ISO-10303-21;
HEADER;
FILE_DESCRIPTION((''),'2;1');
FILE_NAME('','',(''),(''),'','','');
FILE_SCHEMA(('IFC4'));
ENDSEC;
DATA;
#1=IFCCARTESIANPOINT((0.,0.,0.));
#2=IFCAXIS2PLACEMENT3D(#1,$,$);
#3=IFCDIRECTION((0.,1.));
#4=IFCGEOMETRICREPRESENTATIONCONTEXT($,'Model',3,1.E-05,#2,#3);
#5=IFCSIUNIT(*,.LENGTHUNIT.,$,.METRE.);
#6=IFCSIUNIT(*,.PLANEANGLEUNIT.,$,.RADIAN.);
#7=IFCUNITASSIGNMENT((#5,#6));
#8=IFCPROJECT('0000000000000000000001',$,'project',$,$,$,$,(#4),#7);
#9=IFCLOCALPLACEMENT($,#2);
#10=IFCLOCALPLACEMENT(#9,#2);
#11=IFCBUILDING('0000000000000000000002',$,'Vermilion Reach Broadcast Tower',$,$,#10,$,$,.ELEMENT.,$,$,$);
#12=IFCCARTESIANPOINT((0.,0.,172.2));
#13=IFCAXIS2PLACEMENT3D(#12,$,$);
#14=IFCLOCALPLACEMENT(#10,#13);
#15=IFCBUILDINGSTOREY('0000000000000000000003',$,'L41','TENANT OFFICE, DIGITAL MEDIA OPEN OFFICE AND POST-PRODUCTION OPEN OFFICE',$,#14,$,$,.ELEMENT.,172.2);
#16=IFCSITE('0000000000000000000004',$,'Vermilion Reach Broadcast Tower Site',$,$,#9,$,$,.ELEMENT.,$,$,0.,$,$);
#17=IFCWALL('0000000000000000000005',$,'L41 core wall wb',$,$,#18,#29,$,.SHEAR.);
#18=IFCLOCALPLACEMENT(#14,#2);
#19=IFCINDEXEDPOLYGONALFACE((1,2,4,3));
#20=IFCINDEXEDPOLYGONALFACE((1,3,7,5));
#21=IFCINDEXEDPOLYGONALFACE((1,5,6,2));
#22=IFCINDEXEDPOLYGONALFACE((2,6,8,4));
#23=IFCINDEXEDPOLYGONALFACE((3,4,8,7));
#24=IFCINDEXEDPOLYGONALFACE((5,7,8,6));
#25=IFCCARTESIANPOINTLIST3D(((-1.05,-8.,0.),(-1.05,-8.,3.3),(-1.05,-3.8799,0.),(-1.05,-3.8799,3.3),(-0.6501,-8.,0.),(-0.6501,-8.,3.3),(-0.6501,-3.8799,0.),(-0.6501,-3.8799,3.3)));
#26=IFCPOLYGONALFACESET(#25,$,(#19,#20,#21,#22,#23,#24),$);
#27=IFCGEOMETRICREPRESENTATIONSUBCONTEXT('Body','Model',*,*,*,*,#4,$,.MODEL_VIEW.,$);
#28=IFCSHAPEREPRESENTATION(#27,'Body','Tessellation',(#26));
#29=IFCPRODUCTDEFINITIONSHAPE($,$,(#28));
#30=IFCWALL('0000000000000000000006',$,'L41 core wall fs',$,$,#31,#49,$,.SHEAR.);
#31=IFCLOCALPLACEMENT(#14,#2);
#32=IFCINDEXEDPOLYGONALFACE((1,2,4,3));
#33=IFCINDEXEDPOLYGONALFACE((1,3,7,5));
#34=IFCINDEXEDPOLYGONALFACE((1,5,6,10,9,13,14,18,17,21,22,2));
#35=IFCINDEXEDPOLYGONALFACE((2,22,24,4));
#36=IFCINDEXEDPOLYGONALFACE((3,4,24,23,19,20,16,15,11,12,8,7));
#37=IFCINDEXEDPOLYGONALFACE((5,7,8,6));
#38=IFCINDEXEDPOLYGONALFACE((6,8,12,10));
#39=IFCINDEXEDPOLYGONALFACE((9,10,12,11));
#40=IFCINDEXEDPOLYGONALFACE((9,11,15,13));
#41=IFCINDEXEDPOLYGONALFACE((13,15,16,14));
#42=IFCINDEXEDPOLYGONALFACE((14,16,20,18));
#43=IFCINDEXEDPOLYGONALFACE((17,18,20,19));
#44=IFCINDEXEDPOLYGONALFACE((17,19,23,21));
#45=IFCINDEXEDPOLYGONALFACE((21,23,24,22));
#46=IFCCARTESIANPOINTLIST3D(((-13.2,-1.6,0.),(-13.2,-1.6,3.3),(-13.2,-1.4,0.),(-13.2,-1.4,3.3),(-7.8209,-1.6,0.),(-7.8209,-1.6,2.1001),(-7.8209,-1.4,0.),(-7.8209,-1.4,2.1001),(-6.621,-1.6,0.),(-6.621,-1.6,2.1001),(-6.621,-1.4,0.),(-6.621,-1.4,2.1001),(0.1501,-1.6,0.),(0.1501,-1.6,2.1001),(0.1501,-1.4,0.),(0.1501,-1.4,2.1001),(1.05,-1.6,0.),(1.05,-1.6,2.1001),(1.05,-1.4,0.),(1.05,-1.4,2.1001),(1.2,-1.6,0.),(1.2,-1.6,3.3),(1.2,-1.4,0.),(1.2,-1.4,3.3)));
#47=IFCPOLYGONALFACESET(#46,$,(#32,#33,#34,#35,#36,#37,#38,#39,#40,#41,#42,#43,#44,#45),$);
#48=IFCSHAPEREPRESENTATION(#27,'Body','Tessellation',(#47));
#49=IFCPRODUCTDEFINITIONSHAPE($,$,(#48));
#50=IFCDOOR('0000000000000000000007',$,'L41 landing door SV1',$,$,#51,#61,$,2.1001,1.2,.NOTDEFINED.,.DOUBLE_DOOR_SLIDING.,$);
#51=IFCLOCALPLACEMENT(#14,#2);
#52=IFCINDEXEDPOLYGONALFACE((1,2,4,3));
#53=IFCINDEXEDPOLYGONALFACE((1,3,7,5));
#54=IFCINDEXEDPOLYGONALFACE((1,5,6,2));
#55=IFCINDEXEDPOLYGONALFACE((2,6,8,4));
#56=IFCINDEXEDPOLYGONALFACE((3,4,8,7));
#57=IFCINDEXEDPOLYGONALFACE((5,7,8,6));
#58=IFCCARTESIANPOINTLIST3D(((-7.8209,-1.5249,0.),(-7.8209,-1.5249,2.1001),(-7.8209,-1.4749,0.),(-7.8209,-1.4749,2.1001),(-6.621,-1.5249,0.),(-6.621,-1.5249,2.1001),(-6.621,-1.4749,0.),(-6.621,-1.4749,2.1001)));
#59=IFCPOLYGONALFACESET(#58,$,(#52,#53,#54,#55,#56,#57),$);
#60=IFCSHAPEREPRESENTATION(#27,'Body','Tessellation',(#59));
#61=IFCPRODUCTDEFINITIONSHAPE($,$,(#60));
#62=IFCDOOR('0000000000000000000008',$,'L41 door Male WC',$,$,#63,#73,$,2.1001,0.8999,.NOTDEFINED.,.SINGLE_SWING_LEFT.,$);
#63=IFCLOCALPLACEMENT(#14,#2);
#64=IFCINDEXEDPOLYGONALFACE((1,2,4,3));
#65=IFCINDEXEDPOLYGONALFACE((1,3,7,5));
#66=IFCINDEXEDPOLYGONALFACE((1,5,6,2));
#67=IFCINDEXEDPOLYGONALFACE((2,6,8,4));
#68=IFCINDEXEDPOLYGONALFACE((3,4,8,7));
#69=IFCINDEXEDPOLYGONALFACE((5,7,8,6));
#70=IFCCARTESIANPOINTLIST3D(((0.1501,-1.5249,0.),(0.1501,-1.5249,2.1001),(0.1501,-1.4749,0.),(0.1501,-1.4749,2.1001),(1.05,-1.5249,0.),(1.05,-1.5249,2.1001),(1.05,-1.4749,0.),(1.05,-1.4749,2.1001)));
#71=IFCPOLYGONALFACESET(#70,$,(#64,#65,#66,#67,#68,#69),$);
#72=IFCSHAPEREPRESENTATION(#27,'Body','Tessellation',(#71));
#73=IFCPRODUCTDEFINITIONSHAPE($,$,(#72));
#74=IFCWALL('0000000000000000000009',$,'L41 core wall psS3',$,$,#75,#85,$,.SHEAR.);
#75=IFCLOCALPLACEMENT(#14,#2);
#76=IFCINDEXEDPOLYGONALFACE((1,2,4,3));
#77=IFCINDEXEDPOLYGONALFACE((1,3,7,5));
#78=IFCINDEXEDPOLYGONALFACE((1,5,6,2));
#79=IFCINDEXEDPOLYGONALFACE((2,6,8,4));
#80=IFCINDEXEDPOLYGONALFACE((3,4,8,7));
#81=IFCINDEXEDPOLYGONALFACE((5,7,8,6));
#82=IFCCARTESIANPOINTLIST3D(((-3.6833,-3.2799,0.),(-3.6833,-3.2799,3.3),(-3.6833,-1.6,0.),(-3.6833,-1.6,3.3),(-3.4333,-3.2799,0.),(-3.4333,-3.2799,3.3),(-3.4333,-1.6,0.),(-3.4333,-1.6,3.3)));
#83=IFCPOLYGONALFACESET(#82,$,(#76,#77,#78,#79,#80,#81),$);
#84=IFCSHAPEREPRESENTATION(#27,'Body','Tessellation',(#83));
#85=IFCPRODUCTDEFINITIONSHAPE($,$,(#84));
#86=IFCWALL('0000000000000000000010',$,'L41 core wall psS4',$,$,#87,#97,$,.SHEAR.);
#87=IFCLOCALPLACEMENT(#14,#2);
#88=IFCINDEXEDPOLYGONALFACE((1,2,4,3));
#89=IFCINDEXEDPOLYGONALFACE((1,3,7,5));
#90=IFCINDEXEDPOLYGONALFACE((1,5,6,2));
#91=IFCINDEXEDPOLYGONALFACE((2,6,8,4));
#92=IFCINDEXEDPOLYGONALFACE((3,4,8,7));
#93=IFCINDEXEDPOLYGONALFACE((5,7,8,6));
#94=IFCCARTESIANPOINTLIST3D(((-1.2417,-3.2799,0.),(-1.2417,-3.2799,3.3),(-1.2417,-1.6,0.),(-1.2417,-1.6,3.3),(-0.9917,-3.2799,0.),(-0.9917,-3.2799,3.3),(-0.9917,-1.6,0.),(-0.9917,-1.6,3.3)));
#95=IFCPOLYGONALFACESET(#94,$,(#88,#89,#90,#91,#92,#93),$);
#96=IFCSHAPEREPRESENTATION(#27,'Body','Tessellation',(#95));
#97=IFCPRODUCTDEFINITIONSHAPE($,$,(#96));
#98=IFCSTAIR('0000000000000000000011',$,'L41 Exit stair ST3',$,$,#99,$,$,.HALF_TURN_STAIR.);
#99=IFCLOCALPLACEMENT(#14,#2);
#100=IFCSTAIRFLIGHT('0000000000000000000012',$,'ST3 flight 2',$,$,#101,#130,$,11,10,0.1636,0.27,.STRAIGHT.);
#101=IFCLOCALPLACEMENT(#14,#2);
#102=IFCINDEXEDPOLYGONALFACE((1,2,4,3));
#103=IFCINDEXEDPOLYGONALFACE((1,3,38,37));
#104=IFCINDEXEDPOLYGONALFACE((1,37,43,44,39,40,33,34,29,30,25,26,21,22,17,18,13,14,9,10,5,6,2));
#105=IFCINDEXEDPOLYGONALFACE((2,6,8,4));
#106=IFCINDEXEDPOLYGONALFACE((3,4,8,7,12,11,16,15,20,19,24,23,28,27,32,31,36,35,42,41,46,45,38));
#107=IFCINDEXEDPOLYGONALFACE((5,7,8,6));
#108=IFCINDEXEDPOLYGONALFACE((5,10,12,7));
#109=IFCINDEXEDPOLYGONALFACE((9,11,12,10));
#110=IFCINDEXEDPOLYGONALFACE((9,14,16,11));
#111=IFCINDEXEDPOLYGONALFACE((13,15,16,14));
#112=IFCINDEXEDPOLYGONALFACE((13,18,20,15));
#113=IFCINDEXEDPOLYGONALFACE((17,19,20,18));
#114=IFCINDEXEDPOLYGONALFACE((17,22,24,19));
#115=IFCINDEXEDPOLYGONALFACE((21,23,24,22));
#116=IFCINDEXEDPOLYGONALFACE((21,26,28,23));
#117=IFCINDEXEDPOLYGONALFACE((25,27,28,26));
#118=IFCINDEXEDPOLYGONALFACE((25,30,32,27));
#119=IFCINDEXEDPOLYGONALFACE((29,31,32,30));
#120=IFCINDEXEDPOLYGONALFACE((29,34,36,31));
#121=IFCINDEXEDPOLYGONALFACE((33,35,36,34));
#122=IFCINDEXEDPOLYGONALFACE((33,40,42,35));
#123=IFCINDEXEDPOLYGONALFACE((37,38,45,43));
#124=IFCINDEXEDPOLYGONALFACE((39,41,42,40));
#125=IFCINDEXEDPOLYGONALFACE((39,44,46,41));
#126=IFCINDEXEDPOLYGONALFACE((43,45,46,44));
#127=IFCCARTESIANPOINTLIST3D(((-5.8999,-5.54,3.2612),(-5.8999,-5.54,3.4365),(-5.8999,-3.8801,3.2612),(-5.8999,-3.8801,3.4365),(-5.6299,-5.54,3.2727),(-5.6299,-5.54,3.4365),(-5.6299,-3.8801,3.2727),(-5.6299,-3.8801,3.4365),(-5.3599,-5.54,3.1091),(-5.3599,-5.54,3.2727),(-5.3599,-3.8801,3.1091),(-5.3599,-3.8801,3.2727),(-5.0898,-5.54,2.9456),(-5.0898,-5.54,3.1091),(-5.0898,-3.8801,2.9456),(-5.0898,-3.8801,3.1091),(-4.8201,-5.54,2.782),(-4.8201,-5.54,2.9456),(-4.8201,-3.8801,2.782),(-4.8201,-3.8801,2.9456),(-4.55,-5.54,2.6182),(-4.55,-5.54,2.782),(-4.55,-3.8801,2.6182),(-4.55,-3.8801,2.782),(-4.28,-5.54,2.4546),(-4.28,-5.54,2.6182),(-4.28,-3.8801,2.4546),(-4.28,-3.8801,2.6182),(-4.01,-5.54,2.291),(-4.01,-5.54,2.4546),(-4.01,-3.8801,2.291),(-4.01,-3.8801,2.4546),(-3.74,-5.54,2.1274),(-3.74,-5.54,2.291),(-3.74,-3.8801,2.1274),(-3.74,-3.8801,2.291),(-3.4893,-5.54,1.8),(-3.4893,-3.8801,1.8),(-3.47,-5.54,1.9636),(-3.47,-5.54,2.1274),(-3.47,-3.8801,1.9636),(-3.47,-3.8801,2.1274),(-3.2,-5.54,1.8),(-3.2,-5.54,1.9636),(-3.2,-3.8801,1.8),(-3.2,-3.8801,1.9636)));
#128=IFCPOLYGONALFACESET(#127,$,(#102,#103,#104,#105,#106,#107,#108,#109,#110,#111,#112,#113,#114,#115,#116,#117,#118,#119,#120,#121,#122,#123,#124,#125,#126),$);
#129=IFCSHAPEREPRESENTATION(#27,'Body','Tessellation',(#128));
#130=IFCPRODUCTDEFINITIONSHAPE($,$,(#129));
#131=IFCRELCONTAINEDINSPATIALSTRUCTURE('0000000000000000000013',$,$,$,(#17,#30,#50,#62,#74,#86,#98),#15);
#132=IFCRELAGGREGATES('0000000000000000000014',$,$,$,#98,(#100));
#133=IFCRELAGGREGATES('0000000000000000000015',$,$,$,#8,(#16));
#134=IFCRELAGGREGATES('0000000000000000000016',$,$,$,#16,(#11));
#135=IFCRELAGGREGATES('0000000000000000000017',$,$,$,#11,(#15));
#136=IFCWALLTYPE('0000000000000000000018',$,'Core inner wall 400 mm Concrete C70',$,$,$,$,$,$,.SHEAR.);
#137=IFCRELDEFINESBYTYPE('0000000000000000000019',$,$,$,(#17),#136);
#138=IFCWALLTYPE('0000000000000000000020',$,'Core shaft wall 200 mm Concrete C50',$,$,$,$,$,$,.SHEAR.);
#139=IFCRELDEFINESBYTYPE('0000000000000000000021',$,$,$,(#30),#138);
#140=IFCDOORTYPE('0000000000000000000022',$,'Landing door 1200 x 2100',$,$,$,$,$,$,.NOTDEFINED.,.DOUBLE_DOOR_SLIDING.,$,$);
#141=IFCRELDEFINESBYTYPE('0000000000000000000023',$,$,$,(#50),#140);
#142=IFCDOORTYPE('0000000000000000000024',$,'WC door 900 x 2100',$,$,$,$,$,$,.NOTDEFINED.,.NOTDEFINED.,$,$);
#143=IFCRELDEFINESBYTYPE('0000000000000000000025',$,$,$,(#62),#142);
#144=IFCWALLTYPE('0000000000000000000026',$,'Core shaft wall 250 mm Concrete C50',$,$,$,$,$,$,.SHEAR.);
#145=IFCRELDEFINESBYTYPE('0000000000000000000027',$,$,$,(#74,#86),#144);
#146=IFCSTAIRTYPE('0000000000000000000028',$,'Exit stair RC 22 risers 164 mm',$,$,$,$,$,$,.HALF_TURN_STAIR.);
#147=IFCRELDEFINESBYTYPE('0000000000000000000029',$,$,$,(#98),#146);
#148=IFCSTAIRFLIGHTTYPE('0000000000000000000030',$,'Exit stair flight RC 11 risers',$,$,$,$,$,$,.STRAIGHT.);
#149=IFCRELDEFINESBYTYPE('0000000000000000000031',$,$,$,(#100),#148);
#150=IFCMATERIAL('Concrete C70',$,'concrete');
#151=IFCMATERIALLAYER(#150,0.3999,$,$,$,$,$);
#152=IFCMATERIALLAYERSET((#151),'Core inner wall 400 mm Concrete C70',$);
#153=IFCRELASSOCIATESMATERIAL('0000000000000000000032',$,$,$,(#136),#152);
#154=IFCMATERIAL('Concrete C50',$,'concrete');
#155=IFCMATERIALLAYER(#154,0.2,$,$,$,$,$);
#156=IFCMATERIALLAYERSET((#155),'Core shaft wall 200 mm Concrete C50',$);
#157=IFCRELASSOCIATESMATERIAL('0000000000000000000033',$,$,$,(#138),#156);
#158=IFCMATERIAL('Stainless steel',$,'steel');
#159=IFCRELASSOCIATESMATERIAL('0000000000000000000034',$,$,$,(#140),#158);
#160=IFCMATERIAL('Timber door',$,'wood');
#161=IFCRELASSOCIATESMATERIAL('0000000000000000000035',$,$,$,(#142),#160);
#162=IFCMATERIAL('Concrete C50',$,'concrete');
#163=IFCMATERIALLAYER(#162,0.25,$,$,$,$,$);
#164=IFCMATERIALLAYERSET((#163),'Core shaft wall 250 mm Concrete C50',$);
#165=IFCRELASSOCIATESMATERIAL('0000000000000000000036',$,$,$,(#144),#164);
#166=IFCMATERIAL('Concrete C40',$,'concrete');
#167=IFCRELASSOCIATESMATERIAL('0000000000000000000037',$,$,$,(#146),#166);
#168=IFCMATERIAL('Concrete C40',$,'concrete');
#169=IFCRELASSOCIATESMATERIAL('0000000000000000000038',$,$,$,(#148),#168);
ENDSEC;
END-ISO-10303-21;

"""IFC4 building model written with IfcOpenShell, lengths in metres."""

from ifc_helpers import new_model, si_unit, direction, frame, frame_2d, origin, place, context, subcontext, project, spatial, polyline, rectangle, outline, extrude, material, layer, layer_set, type_object, element, fill, aggregate, save


model = new_model("IFC4")

# Units and contexts
model_context = context("Model", 3, precision=1e-05, world=origin(), true_north=direction((0.0, 1.0)))
body_context = subcontext(model_context, "Body", "Model", "MODEL_VIEW")
ifc_project = project(units=[si_unit("LENGTHUNIT", "METRE"), si_unit("PLANEANGLEUNIT", "RADIAN")], contexts=[model_context])

# Site, building, storey
site_placement = place(None, origin())
site = spatial("IfcSite", under=ifc_project, at=site_placement, Name="Vermilion Reach Broadcast Tower Site", CompositionType="ELEMENT", RefElevation=0.0)
building_placement = place(site_placement, origin())
building = spatial("IfcBuilding", under=site, at=building_placement, Name="Vermilion Reach Broadcast Tower", CompositionType="ELEMENT")
storey_placement = place(building_placement, frame((0.0, 0.0, 172.2)))
storey = spatial("IfcBuildingStorey", under=building, at=storey_placement, Name="L41", Description="TENANT OFFICE, DIGITAL MEDIA OPEN OFFICE AND POST-PRODUCTION OPEN OFFICE", CompositionType="ELEMENT", Elevation=172.2)

# Wall
ifc_material_1 = material(Name="Concrete C70", Category="concrete")
ifc_layer_1 = layer(ifc_material_1, 0.3999)
ifc_layer_set_1 = layer_set([ifc_layer_1], Name="Core inner wall 400 mm Concrete C70")
wall_type_1 = type_object("IfcWallType", Name="Core inner wall 400 mm Concrete C70", PredefinedType="SHEAR", material=ifc_layer_set_1)
wall_1_placement = place(storey_placement, frame((-0.8501, -3.8799, 0.0), z_axis=(0.0, 0.0, 1.0), x_axis=(0.0, -1.0, 0.0)))
element("IfcWall", 1, at=wall_1_placement, inside=storey, type_object=wall_type_1, Name="L41 core wall wb", PredefinedType="SHEAR", context=body_context, shape_type="SweptSolid", body=[
    extrude(rectangle(XDim=4.1201, YDim=0.3999, at=frame_2d((2.0601, 0.0))), origin(), (0.0, 0.0, 1.0), 3.3),
])

# Wall, openings, doors
ifc_material_2 = material(Name="Concrete C50", Category="concrete")
ifc_layer_2 = layer(ifc_material_2, 0.2)
ifc_layer_set_2 = layer_set([ifc_layer_2], Name="Core shaft wall 200 mm Concrete C50")
wall_type_2 = type_object("IfcWallType", Name="Core shaft wall 200 mm Concrete C50", PredefinedType="SHEAR", material=ifc_layer_set_2)
wall_2_placement = place(storey_placement, frame((1.2, -1.5, 0.0), z_axis=(0.0, 0.0, 1.0), x_axis=(-1.0, 0.0, 0.0)))
wall_2 = element("IfcWall", 2, at=wall_2_placement, inside=storey, type_object=wall_type_2, Name="L41 core wall fs", PredefinedType="SHEAR", context=body_context, shape_type="SweptSolid", body=[
    extrude(rectangle(XDim=14.3999, YDim=0.2, at=frame_2d((7.2, 0.0))), origin(), (0.0, 0.0, 1.0), 3.3),
])
opening_1_placement = place(wall_2_placement, frame((7.8208, 0.0, 0.0)))
opening_1 = element("IfcOpeningElement", 3, at=opening_1_placement, cuts=wall_2, PredefinedType="OPENING", context=body_context, shape_type="SweptSolid", body=[
    extrude(rectangle(XDim=1.2, YDim=2.1001, at=frame_2d((0.6001, 1.05))), frame((0.0, 0.1099, 0.0), z_axis=(0.0, -1.0, 0.0), x_axis=(1.0, 0.0, 0.0)), (0.0, 0.0, 1.0), 0.22),
])
opening_2_placement = place(wall_2_placement, frame((0.1499, 0.0, 0.0)))
opening_2 = element("IfcOpeningElement", 4, at=opening_2_placement, cuts=wall_2, PredefinedType="OPENING", context=body_context, shape_type="SweptSolid", body=[
    extrude(rectangle(XDim=0.8999, YDim=2.1001, at=frame_2d((0.45, 1.05))), frame((0.0, 0.1099, 0.0), z_axis=(0.0, -1.0, 0.0), x_axis=(1.0, 0.0, 0.0)), (0.0, 0.0, 1.0), 0.22),
])
ifc_material_3 = material(Name="Stainless steel", Category="steel")
door_type_1 = type_object("IfcDoorType", Name="Landing door 1200 x 2100", OperationType="DOUBLE_DOOR_SLIDING", PredefinedType="NOTDEFINED", material=ifc_material_3)
door_1_placement = place(opening_1_placement, origin())
door_1 = element("IfcDoor", 5, at=door_1_placement, inside=storey, type_object=door_type_1, Name="L41 landing door SV1", OperationType="DOUBLE_DOOR_SLIDING", OverallHeight=2.1001, OverallWidth=1.2, PredefinedType="NOTDEFINED", context=body_context, shape_type="SweptSolid", body=[
    extrude(rectangle(XDim=1.2, YDim=2.1001, at=frame_2d((0.6001, 1.05))), frame((0.0, 0.0249, 0.0), z_axis=(0.0, -1.0, 0.0), x_axis=(1.0, 0.0, 0.0)), (0.0, 0.0, 1.0), 0.05),
])
fill(opening_1, door_1)
ifc_material_4 = material(Name="Timber door", Category="wood")
door_type_2 = type_object("IfcDoorType", Name="WC door 900 x 2100", OperationType="NOTDEFINED", PredefinedType="NOTDEFINED", material=ifc_material_4)
door_2_placement = place(opening_2_placement, origin())
door_2 = element("IfcDoor", 6, at=door_2_placement, inside=storey, type_object=door_type_2, Name="L41 door Male WC", OperationType="SINGLE_SWING_LEFT", OverallHeight=2.1001, OverallWidth=0.8999, PredefinedType="NOTDEFINED", context=body_context, shape_type="SweptSolid", body=[
    extrude(rectangle(XDim=0.8999, YDim=2.1001, at=frame_2d((0.45, 1.05))), frame((0.0, 0.0249, 0.0), z_axis=(0.0, -1.0, 0.0), x_axis=(1.0, 0.0, 0.0)), (0.0, 0.0, 1.0), 0.05),
])
fill(opening_2, door_2)

# Walls
ifc_material_5 = material(Name="Concrete C50", Category="concrete")
ifc_layer_3 = layer(ifc_material_5, 0.25)
ifc_layer_set_3 = layer_set([ifc_layer_3], Name="Core shaft wall 250 mm Concrete C50")
wall_type_3 = type_object("IfcWallType", Name="Core shaft wall 250 mm Concrete C50", PredefinedType="SHEAR", material=ifc_layer_set_3)
for number, where, z_axis, x_axis, name in (
    (7, (-3.5583, -1.6001, 0.0), (0.0, 0.0, 1.0), (0.0, -1.0, 0.0), "L41 core wall psS3"),
    (8, (-1.1167, -1.6001, 0.0), (0.0, 0.0, 1.0), (0.0, -1.0, 0.0), "L41 core wall psS4"),
):
    element("IfcWall", number, at=place(storey_placement, frame(where, z_axis=z_axis, x_axis=x_axis)), inside=storey, type_object=wall_type_3, Name=name, PredefinedType="SHEAR", context=body_context, shape_type="SweptSolid", body=[
        extrude(rectangle(XDim=1.6799, YDim=0.25, at=frame_2d((0.8398, 0.0))), origin(), (0.0, 0.0, 1.0), 3.3),
    ])

# Stair, stair flight
ifc_material_6 = material(Name="Concrete C40", Category="concrete")
stair_type = type_object("IfcStairType", Name="Exit stair RC 22 risers 164 mm", PredefinedType="HALF_TURN_STAIR", material=ifc_material_6)
placement_1 = place(storey_placement, origin())
stair = element("IfcStair", 9, at=placement_1, inside=storey, type_object=stair_type, Name="L41 Exit stair ST3", PredefinedType="HALF_TURN_STAIR")
ifc_material_7 = material(Name="Concrete C40", Category="concrete")
stair_flight_type = type_object("IfcStairFlightType", Name="Exit stair flight RC 11 risers", PredefinedType="STRAIGHT", material=ifc_material_7)
stair_flight_placement = place(storey_placement, frame((-3.2, -4.71, 1.8), z_axis=(0.0, 0.0, 1.0), x_axis=(-1.0, 0.0, 0.0)))
stair_flight = element("IfcStairFlight", 10, at=stair_flight_placement, type_object=stair_flight_type, Name="ST3 flight 2", NumberOfRisers=11, NumberOfTreads=10, PredefinedType="STRAIGHT", RiserHeight=0.1636, TreadLength=0.27, context=body_context, shape_type="SweptSolid", body=[
    extrude(outline(polyline([(0.0, 0.0), (0.0, 0.1636), (0.27, 0.1636), (0.27, 0.3274), (0.54, 0.3274), (0.54, 0.491), (0.8101, 0.491), (0.8101, 0.6545), (1.0801, 0.6545), (1.0801, 0.8181), (1.3501, 0.8181), (1.3501, 0.9819), (1.6201, 0.9819), (1.6201, 1.1455), (1.8899, 1.1455), (1.8899, 1.3091), (2.1599, 1.3091), (2.1599, 1.4727), (2.4299, 1.4727), (2.4299, 1.6365), (2.7, 1.6365), (2.7, 1.8), (2.7, 1.4612), (0.2893, 0.0), (0.0, 0.0)])), frame((0.0, 0.8301, 0.0), z_axis=(0.0, -1.0, 0.0), x_axis=(1.0, 0.0, 0.0)), (0.0, 0.0, 1.0), 1.6599),
])
aggregate(stair, [stair_flight])

save(model, "model.ifc")
